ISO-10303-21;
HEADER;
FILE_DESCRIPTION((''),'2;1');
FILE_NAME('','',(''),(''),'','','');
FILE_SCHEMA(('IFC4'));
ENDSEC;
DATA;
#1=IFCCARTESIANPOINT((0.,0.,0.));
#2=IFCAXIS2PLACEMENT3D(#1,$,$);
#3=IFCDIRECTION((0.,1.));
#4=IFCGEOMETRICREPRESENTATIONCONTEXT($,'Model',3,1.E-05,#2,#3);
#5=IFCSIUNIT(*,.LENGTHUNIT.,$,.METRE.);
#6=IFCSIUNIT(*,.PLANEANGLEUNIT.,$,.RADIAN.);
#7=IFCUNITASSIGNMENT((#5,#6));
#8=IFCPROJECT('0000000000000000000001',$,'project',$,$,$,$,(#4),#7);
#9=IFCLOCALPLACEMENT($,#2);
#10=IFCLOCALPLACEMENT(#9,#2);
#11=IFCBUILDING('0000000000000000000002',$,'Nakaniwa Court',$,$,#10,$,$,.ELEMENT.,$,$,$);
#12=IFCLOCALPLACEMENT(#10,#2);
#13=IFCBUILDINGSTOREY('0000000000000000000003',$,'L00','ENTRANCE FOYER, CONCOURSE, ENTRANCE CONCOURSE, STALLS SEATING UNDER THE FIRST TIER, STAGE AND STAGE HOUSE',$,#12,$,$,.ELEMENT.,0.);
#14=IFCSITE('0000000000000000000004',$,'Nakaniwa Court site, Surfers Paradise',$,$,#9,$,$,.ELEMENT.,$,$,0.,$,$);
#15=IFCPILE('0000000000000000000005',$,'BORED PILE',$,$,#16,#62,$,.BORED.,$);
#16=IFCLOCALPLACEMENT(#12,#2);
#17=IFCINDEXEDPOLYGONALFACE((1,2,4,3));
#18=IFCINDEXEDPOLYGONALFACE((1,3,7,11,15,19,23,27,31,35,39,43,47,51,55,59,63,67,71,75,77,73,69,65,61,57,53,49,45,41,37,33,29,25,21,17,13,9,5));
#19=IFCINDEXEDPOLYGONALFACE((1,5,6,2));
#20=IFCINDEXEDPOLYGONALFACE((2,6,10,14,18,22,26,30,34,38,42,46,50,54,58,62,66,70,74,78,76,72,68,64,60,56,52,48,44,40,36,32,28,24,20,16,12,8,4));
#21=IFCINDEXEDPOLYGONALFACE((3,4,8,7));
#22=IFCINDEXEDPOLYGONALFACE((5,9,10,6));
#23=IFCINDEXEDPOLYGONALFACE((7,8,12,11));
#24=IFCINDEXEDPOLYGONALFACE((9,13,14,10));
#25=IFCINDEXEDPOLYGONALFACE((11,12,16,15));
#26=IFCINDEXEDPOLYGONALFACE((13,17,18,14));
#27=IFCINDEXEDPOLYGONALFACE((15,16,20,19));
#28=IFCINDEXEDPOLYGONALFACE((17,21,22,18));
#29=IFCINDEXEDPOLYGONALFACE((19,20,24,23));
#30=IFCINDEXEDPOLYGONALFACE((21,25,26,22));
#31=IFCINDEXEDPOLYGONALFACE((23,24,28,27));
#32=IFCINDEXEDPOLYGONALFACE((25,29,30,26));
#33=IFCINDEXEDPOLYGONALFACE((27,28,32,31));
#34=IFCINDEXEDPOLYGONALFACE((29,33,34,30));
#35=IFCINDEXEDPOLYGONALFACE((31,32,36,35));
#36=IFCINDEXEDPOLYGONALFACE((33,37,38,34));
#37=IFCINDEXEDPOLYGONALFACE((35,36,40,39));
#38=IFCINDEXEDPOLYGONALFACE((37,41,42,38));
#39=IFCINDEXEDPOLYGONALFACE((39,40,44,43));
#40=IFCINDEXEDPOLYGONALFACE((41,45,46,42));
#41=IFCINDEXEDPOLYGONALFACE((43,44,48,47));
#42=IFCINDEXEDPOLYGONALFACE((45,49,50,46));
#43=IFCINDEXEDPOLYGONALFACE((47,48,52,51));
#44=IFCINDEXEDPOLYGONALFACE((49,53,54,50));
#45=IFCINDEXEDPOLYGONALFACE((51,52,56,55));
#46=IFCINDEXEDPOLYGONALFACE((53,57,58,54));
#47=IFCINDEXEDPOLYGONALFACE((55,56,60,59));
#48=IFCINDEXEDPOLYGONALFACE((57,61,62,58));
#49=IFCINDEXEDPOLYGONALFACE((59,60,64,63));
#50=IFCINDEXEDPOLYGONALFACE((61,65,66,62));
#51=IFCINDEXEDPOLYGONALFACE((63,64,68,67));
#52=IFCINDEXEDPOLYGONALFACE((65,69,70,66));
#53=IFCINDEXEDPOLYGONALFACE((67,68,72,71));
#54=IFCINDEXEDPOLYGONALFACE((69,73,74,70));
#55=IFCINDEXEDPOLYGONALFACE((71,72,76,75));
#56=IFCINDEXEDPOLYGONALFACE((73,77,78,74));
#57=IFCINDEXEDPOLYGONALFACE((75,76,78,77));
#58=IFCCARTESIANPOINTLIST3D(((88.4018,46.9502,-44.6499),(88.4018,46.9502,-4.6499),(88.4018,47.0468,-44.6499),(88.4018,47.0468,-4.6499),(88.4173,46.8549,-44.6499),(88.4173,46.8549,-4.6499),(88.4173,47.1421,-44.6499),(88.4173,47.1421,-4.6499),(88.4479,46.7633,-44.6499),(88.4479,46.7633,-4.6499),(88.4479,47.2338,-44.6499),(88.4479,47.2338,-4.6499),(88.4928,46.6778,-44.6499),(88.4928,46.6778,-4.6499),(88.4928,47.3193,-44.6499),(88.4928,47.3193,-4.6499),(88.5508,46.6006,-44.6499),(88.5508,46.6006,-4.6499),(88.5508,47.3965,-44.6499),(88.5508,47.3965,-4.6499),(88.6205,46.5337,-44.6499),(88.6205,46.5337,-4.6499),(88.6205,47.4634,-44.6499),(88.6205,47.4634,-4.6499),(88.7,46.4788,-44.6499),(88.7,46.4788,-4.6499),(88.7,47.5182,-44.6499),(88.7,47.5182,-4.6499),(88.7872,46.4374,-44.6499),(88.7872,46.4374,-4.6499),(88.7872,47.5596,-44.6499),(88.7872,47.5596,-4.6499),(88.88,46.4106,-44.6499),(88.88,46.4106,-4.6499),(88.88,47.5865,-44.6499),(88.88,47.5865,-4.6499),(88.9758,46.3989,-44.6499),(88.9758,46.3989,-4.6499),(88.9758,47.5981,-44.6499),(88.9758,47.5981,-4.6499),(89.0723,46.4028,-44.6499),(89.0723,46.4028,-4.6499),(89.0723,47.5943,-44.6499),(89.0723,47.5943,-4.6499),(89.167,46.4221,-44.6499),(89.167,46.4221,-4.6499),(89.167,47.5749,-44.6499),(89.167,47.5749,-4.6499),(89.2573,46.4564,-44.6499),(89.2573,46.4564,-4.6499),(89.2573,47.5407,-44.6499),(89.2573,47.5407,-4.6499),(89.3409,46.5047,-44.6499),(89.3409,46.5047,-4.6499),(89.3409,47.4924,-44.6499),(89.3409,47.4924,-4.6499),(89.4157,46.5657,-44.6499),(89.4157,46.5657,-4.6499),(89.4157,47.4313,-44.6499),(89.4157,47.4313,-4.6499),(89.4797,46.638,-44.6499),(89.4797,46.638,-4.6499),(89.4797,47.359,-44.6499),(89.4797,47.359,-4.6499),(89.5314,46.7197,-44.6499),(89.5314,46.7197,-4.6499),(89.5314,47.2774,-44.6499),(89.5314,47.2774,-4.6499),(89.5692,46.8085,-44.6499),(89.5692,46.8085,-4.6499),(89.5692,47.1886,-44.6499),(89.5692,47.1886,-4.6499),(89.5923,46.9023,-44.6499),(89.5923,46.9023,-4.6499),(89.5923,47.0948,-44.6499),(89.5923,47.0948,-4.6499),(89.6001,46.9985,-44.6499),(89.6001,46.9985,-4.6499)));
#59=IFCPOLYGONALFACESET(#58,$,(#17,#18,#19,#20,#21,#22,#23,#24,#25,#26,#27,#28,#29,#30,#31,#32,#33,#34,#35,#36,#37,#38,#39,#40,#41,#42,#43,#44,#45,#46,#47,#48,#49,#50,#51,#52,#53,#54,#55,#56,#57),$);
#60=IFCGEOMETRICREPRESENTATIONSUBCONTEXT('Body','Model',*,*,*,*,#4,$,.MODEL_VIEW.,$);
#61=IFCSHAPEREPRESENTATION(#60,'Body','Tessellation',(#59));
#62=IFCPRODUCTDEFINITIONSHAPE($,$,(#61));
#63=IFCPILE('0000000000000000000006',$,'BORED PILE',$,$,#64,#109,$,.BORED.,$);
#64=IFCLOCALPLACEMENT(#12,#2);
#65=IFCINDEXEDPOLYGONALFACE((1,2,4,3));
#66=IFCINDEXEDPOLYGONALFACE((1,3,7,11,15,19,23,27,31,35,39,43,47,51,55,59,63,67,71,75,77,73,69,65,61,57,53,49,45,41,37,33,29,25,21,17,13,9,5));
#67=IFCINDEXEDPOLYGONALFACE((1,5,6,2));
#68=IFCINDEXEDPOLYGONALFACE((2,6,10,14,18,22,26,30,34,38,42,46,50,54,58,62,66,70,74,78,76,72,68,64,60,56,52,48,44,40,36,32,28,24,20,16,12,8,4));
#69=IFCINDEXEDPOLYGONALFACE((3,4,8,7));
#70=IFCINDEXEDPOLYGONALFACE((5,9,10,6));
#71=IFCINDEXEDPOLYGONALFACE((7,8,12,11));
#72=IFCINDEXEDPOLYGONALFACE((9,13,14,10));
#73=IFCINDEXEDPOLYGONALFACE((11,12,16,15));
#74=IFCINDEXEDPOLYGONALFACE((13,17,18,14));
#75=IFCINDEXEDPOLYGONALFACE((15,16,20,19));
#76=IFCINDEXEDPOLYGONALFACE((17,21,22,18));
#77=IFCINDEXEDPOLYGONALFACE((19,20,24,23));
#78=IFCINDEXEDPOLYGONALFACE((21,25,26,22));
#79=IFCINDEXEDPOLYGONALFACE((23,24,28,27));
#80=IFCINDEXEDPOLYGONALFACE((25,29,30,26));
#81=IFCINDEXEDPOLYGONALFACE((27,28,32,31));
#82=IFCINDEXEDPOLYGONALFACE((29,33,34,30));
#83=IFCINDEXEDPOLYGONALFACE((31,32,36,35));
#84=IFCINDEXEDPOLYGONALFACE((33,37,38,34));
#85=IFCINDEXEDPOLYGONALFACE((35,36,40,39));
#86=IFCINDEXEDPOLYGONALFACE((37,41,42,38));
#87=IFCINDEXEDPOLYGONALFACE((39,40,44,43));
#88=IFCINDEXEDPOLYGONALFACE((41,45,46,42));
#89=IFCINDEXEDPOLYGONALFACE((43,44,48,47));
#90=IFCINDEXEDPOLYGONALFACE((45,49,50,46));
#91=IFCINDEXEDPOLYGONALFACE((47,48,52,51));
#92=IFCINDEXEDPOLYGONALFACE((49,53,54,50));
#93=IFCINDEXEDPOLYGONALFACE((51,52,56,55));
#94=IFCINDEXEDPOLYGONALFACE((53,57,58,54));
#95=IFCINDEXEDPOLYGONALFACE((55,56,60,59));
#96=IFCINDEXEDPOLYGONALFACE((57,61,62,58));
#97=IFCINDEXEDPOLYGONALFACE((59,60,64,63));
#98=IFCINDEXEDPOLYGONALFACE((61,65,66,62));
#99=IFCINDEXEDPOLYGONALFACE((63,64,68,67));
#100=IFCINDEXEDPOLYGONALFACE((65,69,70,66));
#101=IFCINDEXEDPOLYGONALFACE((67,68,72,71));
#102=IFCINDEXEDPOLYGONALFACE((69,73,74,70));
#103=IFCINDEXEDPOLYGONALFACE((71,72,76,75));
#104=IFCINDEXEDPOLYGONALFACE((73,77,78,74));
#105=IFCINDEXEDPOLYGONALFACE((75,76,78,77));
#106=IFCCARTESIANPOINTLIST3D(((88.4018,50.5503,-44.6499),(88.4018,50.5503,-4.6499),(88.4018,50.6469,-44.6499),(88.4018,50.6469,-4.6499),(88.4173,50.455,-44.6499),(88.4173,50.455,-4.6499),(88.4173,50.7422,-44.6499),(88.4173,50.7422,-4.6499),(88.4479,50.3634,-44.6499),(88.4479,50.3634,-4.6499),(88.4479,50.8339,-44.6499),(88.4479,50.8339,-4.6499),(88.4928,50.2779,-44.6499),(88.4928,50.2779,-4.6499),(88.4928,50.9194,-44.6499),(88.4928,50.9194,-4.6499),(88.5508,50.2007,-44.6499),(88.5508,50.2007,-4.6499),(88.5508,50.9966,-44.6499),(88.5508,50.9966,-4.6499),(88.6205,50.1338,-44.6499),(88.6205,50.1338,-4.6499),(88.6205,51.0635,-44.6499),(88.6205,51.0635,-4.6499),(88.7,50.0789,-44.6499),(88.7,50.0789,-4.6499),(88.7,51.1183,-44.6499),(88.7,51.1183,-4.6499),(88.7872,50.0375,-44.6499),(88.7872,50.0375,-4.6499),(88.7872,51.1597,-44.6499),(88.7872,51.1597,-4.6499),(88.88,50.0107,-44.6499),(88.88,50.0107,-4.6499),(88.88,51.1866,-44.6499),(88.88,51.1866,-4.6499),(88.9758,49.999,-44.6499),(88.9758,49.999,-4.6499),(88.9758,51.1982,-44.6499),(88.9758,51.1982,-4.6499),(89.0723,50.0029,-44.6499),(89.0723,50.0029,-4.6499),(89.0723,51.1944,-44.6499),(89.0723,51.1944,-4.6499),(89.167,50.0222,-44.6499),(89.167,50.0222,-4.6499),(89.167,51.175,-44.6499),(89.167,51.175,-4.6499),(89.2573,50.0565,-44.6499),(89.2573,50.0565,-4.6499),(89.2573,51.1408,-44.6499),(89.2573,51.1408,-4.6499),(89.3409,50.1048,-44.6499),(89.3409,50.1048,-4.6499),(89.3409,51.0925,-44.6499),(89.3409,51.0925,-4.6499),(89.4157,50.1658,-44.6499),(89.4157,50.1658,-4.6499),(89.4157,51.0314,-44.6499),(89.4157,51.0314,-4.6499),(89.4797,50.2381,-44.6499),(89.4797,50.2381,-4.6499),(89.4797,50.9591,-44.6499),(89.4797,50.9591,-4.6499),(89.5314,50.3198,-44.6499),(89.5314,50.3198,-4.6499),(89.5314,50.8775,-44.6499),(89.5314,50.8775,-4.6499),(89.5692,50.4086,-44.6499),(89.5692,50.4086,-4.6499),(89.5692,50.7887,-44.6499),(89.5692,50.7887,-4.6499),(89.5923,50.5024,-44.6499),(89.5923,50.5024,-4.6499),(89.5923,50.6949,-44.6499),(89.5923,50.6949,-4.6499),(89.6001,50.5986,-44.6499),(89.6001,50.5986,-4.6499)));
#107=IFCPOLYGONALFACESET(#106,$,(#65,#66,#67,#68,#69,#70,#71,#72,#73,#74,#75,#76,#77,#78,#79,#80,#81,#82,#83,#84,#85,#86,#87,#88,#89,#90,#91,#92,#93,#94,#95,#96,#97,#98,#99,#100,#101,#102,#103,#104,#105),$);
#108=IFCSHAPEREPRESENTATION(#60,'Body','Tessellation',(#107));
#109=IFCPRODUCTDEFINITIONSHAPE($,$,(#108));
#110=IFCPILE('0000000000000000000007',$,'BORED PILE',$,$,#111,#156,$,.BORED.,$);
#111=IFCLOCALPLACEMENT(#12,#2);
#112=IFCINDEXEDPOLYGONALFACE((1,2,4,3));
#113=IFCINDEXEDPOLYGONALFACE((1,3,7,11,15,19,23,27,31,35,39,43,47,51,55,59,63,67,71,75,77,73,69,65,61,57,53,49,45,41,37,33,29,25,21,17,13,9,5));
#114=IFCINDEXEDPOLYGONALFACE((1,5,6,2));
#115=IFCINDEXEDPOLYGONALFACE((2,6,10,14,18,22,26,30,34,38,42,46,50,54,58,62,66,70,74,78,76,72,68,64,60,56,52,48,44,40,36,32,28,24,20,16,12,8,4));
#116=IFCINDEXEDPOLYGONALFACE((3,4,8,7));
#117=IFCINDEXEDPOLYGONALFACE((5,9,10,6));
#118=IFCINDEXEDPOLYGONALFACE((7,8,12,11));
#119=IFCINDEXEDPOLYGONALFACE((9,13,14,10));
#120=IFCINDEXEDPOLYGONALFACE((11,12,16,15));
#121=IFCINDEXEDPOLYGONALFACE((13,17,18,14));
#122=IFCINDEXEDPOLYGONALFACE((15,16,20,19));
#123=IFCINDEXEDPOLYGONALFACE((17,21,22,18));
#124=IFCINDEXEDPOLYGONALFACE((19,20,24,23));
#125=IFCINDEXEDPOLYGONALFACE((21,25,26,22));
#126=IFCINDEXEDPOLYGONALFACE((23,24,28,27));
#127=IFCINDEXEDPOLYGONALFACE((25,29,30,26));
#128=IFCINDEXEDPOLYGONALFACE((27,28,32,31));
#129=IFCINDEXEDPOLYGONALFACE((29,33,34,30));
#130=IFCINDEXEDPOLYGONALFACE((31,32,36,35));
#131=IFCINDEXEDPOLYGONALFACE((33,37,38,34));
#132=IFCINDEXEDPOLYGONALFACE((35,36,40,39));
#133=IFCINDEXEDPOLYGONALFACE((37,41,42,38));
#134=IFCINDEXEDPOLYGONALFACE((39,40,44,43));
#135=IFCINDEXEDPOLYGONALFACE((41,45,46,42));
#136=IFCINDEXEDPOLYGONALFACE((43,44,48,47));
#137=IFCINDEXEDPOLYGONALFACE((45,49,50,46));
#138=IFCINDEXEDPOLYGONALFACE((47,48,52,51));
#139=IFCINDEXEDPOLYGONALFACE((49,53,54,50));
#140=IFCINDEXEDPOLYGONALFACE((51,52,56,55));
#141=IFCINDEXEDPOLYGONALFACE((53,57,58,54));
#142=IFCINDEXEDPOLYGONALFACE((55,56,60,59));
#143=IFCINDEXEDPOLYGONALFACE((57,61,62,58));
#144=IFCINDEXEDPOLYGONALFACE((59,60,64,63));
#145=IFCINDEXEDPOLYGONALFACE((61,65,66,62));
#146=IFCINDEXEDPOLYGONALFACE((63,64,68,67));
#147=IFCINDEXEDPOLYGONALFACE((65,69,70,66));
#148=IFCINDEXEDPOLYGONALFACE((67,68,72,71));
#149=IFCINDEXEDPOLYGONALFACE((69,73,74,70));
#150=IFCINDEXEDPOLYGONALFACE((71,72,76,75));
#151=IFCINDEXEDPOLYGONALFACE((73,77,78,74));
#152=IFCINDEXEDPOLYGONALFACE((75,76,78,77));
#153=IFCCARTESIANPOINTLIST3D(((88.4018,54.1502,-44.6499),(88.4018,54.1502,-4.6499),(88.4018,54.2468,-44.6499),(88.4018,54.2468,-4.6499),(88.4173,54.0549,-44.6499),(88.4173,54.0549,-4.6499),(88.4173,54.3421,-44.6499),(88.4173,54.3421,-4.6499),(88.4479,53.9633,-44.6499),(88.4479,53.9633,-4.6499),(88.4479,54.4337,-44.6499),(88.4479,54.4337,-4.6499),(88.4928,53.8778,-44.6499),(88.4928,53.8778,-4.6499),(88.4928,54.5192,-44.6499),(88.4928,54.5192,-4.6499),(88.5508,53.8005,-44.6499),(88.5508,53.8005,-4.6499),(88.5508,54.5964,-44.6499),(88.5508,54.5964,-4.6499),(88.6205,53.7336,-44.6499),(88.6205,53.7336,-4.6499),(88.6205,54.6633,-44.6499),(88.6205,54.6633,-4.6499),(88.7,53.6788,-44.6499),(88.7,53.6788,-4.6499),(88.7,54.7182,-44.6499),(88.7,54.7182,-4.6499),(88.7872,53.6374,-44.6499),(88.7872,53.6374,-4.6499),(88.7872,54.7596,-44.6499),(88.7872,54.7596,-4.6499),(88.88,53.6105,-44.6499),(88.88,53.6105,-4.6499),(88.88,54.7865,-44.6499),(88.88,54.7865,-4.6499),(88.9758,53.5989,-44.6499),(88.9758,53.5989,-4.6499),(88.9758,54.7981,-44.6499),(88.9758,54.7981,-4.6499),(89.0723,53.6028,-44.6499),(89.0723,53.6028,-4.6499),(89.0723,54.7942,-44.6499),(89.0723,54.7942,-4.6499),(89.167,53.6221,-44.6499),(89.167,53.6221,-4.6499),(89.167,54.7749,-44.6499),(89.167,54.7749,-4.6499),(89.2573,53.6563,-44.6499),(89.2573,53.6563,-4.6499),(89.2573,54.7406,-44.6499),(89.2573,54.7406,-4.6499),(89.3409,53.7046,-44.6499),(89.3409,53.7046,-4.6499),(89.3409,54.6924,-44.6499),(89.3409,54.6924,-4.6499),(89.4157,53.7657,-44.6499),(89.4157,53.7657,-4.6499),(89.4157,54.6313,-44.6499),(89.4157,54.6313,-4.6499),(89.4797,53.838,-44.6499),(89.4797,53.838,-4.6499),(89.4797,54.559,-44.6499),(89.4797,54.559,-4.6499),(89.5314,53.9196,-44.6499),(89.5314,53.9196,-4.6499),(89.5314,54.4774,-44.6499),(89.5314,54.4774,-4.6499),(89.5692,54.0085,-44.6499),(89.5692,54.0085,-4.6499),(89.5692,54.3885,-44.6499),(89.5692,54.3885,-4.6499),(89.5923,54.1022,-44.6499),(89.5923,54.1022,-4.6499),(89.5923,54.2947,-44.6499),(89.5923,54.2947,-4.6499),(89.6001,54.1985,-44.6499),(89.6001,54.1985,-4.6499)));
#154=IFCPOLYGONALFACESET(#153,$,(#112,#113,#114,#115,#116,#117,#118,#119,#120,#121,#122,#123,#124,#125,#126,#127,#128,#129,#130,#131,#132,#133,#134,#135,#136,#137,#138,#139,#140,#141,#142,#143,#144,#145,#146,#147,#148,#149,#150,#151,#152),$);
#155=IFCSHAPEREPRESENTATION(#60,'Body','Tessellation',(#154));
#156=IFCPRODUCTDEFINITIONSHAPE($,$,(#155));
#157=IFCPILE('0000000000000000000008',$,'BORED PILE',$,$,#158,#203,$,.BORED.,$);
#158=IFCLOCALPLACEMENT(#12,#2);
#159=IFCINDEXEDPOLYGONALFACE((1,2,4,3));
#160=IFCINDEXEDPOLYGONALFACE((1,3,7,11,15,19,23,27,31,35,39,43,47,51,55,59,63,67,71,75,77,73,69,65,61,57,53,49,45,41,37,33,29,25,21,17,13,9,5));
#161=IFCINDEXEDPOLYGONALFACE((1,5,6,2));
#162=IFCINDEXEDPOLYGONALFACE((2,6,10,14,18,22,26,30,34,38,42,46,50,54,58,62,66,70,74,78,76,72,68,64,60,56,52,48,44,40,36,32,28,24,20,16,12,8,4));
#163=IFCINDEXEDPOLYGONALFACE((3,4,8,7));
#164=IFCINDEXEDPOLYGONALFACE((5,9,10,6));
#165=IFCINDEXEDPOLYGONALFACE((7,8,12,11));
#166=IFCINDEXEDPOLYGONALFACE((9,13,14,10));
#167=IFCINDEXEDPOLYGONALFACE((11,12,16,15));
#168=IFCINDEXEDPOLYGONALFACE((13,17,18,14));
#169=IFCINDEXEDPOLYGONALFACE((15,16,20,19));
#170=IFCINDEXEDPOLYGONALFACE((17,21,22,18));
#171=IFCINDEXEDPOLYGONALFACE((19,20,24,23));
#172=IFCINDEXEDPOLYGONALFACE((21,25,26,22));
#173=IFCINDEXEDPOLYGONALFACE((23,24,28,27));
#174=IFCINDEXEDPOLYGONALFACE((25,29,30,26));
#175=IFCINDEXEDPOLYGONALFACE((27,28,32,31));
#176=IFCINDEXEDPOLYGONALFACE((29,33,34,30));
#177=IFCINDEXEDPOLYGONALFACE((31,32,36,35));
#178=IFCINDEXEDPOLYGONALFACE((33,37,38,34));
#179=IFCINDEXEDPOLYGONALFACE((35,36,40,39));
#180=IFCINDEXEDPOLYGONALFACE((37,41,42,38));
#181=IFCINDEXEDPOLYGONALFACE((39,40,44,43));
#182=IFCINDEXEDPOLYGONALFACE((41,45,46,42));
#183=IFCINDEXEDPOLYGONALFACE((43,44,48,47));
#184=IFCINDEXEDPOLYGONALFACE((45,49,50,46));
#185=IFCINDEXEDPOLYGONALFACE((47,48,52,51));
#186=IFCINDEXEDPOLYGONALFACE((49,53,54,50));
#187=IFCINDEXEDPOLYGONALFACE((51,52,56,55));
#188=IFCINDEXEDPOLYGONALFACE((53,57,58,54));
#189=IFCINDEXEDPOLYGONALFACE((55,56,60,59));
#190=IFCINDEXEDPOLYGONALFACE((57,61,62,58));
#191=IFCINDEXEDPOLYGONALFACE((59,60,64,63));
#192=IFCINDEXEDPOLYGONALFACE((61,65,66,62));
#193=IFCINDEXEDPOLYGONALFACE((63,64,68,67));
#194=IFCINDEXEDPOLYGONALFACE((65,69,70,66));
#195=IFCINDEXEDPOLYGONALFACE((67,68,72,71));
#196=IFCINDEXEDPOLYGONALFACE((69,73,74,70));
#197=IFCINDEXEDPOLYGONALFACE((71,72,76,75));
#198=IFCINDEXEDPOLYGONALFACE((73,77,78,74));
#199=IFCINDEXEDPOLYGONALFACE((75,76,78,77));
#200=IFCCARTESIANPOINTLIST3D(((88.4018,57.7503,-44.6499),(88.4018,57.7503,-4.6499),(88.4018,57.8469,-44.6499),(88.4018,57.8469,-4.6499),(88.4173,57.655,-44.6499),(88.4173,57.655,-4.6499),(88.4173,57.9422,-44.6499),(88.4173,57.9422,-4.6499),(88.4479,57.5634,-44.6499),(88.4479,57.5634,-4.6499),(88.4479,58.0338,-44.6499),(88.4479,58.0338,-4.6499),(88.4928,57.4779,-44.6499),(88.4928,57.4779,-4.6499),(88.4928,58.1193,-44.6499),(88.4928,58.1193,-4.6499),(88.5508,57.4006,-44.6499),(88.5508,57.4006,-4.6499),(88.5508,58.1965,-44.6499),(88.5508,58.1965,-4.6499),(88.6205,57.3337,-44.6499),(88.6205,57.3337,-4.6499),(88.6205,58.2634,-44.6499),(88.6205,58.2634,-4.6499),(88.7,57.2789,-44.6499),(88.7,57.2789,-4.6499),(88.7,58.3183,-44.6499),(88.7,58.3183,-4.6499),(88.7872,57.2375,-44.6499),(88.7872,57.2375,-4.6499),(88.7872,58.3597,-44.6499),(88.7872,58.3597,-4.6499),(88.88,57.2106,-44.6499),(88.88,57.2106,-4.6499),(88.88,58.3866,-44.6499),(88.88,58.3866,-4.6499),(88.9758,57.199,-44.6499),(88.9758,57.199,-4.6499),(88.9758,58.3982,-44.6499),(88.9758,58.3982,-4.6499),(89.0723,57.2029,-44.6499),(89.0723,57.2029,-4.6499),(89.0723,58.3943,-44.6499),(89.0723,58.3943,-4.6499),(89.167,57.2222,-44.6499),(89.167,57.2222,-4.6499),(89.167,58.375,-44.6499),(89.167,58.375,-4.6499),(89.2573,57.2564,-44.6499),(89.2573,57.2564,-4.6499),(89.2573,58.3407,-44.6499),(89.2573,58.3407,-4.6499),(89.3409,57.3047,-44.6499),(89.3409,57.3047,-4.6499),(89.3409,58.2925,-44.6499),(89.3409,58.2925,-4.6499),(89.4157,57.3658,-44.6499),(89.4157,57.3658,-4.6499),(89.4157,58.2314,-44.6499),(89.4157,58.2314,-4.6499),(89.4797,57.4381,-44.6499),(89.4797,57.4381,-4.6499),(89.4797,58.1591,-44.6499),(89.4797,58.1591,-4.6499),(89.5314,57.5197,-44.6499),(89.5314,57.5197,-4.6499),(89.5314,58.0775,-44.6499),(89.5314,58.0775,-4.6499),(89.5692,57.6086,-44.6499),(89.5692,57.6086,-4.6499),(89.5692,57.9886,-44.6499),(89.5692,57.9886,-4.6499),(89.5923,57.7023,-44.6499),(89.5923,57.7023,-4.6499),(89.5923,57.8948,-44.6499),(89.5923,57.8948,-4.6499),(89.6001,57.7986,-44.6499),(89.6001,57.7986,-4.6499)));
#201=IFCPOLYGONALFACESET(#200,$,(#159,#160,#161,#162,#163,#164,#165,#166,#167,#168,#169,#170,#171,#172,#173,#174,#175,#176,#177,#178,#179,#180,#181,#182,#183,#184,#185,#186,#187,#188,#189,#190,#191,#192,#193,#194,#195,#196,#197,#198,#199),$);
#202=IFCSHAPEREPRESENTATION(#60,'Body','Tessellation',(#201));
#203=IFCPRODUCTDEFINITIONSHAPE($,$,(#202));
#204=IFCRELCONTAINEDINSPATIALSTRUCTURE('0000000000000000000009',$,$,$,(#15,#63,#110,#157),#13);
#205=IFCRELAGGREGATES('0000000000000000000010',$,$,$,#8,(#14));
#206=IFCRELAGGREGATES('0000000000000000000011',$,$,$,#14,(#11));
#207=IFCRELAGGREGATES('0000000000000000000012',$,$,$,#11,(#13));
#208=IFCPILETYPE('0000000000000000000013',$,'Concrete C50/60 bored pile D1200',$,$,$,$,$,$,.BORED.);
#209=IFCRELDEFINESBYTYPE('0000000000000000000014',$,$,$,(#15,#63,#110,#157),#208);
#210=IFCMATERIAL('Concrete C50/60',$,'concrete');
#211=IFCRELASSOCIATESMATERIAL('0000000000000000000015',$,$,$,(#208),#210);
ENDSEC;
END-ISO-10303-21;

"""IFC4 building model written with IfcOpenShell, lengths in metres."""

from ifc_helpers import new_model, si_unit, direction, frame, origin, origin_2d, place, context, subcontext, project, spatial, circle, extrude, material, material_profile, profile_set, type_object, element, save


model = new_model("IFC4")

# Units and contexts
model_context = context("Model", 3, precision=1e-05, world=origin(), true_north=direction((0.0, 1.0)))
body_context = subcontext(model_context, "Body", "Model", "MODEL_VIEW")
ifc_project = project(units=[si_unit("LENGTHUNIT", "METRE"), si_unit("PLANEANGLEUNIT", "RADIAN")], contexts=[model_context])

# Site, building, storey
site_placement = place(None, origin())
site = spatial("IfcSite", under=ifc_project, at=site_placement, Name="Nakaniwa Court site, Surfers Paradise", CompositionType="ELEMENT", RefElevation=0.0)
building_placement = place(site_placement, origin())
building = spatial("IfcBuilding", under=site, at=building_placement, Name="Nakaniwa Court", CompositionType="ELEMENT")
storey_placement = place(building_placement, origin())
storey = spatial("IfcBuildingStorey", under=building, at=storey_placement, Name="L00", Description="ENTRANCE FOYER, CONCOURSE, ENTRANCE CONCOURSE, STALLS SEATING UNDER THE FIRST TIER, STAGE AND STAGE HOUSE", CompositionType="ELEMENT", Elevation=0.0)

# Piles
ifc_material_1 = material(Name="Concrete C50/60", Category="concrete")
ifc_material_profile_1 = material_profile(ifc_material_1, circle(Radius=0.6001, at=origin_2d()), Name="Concrete C50/60 bored pile D1200")
ifc_profile_set_1 = profile_set([ifc_material_profile_1], Name="Concrete C50/60")
pile_type = type_object("IfcPileType", Name="Concrete C50/60 bored pile D1200", PredefinedType="BORED", material=ifc_profile_set_1)
for number, where, z_axis, x_axis, name in (
    (1, (89.0, 46.9985, -4.6499), (0.0, 0.0, -1.0), (1.0, 0.0, 0.0), "BORED PILE"),
    (2, (89.0, 50.5986, -4.6499), (0.0, 0.0, -1.0), (1.0, 0.0, 0.0), "BORED PILE"),
    (3, (89.0, 54.1985, -4.6499), (0.0, 0.0, -1.0), (1.0, 0.0, 0.0), "BORED PILE"),
    (4, (89.0, 57.7986, -4.6499), (0.0, 0.0, -1.0), (1.0, 0.0, 0.0), "BORED PILE"),
):
    element("IfcPile", number, at=place(storey_placement, frame(where, z_axis=z_axis, x_axis=x_axis)), inside=storey, type_object=pile_type, Name=name, PredefinedType="BORED", context=body_context, shape_type="SweptSolid", body=[
        extrude(circle(Radius=0.6001, at=origin_2d()), origin(), (0.0, 0.0, 1.0), 40.0),
    ])

save(model, "model.ifc")
